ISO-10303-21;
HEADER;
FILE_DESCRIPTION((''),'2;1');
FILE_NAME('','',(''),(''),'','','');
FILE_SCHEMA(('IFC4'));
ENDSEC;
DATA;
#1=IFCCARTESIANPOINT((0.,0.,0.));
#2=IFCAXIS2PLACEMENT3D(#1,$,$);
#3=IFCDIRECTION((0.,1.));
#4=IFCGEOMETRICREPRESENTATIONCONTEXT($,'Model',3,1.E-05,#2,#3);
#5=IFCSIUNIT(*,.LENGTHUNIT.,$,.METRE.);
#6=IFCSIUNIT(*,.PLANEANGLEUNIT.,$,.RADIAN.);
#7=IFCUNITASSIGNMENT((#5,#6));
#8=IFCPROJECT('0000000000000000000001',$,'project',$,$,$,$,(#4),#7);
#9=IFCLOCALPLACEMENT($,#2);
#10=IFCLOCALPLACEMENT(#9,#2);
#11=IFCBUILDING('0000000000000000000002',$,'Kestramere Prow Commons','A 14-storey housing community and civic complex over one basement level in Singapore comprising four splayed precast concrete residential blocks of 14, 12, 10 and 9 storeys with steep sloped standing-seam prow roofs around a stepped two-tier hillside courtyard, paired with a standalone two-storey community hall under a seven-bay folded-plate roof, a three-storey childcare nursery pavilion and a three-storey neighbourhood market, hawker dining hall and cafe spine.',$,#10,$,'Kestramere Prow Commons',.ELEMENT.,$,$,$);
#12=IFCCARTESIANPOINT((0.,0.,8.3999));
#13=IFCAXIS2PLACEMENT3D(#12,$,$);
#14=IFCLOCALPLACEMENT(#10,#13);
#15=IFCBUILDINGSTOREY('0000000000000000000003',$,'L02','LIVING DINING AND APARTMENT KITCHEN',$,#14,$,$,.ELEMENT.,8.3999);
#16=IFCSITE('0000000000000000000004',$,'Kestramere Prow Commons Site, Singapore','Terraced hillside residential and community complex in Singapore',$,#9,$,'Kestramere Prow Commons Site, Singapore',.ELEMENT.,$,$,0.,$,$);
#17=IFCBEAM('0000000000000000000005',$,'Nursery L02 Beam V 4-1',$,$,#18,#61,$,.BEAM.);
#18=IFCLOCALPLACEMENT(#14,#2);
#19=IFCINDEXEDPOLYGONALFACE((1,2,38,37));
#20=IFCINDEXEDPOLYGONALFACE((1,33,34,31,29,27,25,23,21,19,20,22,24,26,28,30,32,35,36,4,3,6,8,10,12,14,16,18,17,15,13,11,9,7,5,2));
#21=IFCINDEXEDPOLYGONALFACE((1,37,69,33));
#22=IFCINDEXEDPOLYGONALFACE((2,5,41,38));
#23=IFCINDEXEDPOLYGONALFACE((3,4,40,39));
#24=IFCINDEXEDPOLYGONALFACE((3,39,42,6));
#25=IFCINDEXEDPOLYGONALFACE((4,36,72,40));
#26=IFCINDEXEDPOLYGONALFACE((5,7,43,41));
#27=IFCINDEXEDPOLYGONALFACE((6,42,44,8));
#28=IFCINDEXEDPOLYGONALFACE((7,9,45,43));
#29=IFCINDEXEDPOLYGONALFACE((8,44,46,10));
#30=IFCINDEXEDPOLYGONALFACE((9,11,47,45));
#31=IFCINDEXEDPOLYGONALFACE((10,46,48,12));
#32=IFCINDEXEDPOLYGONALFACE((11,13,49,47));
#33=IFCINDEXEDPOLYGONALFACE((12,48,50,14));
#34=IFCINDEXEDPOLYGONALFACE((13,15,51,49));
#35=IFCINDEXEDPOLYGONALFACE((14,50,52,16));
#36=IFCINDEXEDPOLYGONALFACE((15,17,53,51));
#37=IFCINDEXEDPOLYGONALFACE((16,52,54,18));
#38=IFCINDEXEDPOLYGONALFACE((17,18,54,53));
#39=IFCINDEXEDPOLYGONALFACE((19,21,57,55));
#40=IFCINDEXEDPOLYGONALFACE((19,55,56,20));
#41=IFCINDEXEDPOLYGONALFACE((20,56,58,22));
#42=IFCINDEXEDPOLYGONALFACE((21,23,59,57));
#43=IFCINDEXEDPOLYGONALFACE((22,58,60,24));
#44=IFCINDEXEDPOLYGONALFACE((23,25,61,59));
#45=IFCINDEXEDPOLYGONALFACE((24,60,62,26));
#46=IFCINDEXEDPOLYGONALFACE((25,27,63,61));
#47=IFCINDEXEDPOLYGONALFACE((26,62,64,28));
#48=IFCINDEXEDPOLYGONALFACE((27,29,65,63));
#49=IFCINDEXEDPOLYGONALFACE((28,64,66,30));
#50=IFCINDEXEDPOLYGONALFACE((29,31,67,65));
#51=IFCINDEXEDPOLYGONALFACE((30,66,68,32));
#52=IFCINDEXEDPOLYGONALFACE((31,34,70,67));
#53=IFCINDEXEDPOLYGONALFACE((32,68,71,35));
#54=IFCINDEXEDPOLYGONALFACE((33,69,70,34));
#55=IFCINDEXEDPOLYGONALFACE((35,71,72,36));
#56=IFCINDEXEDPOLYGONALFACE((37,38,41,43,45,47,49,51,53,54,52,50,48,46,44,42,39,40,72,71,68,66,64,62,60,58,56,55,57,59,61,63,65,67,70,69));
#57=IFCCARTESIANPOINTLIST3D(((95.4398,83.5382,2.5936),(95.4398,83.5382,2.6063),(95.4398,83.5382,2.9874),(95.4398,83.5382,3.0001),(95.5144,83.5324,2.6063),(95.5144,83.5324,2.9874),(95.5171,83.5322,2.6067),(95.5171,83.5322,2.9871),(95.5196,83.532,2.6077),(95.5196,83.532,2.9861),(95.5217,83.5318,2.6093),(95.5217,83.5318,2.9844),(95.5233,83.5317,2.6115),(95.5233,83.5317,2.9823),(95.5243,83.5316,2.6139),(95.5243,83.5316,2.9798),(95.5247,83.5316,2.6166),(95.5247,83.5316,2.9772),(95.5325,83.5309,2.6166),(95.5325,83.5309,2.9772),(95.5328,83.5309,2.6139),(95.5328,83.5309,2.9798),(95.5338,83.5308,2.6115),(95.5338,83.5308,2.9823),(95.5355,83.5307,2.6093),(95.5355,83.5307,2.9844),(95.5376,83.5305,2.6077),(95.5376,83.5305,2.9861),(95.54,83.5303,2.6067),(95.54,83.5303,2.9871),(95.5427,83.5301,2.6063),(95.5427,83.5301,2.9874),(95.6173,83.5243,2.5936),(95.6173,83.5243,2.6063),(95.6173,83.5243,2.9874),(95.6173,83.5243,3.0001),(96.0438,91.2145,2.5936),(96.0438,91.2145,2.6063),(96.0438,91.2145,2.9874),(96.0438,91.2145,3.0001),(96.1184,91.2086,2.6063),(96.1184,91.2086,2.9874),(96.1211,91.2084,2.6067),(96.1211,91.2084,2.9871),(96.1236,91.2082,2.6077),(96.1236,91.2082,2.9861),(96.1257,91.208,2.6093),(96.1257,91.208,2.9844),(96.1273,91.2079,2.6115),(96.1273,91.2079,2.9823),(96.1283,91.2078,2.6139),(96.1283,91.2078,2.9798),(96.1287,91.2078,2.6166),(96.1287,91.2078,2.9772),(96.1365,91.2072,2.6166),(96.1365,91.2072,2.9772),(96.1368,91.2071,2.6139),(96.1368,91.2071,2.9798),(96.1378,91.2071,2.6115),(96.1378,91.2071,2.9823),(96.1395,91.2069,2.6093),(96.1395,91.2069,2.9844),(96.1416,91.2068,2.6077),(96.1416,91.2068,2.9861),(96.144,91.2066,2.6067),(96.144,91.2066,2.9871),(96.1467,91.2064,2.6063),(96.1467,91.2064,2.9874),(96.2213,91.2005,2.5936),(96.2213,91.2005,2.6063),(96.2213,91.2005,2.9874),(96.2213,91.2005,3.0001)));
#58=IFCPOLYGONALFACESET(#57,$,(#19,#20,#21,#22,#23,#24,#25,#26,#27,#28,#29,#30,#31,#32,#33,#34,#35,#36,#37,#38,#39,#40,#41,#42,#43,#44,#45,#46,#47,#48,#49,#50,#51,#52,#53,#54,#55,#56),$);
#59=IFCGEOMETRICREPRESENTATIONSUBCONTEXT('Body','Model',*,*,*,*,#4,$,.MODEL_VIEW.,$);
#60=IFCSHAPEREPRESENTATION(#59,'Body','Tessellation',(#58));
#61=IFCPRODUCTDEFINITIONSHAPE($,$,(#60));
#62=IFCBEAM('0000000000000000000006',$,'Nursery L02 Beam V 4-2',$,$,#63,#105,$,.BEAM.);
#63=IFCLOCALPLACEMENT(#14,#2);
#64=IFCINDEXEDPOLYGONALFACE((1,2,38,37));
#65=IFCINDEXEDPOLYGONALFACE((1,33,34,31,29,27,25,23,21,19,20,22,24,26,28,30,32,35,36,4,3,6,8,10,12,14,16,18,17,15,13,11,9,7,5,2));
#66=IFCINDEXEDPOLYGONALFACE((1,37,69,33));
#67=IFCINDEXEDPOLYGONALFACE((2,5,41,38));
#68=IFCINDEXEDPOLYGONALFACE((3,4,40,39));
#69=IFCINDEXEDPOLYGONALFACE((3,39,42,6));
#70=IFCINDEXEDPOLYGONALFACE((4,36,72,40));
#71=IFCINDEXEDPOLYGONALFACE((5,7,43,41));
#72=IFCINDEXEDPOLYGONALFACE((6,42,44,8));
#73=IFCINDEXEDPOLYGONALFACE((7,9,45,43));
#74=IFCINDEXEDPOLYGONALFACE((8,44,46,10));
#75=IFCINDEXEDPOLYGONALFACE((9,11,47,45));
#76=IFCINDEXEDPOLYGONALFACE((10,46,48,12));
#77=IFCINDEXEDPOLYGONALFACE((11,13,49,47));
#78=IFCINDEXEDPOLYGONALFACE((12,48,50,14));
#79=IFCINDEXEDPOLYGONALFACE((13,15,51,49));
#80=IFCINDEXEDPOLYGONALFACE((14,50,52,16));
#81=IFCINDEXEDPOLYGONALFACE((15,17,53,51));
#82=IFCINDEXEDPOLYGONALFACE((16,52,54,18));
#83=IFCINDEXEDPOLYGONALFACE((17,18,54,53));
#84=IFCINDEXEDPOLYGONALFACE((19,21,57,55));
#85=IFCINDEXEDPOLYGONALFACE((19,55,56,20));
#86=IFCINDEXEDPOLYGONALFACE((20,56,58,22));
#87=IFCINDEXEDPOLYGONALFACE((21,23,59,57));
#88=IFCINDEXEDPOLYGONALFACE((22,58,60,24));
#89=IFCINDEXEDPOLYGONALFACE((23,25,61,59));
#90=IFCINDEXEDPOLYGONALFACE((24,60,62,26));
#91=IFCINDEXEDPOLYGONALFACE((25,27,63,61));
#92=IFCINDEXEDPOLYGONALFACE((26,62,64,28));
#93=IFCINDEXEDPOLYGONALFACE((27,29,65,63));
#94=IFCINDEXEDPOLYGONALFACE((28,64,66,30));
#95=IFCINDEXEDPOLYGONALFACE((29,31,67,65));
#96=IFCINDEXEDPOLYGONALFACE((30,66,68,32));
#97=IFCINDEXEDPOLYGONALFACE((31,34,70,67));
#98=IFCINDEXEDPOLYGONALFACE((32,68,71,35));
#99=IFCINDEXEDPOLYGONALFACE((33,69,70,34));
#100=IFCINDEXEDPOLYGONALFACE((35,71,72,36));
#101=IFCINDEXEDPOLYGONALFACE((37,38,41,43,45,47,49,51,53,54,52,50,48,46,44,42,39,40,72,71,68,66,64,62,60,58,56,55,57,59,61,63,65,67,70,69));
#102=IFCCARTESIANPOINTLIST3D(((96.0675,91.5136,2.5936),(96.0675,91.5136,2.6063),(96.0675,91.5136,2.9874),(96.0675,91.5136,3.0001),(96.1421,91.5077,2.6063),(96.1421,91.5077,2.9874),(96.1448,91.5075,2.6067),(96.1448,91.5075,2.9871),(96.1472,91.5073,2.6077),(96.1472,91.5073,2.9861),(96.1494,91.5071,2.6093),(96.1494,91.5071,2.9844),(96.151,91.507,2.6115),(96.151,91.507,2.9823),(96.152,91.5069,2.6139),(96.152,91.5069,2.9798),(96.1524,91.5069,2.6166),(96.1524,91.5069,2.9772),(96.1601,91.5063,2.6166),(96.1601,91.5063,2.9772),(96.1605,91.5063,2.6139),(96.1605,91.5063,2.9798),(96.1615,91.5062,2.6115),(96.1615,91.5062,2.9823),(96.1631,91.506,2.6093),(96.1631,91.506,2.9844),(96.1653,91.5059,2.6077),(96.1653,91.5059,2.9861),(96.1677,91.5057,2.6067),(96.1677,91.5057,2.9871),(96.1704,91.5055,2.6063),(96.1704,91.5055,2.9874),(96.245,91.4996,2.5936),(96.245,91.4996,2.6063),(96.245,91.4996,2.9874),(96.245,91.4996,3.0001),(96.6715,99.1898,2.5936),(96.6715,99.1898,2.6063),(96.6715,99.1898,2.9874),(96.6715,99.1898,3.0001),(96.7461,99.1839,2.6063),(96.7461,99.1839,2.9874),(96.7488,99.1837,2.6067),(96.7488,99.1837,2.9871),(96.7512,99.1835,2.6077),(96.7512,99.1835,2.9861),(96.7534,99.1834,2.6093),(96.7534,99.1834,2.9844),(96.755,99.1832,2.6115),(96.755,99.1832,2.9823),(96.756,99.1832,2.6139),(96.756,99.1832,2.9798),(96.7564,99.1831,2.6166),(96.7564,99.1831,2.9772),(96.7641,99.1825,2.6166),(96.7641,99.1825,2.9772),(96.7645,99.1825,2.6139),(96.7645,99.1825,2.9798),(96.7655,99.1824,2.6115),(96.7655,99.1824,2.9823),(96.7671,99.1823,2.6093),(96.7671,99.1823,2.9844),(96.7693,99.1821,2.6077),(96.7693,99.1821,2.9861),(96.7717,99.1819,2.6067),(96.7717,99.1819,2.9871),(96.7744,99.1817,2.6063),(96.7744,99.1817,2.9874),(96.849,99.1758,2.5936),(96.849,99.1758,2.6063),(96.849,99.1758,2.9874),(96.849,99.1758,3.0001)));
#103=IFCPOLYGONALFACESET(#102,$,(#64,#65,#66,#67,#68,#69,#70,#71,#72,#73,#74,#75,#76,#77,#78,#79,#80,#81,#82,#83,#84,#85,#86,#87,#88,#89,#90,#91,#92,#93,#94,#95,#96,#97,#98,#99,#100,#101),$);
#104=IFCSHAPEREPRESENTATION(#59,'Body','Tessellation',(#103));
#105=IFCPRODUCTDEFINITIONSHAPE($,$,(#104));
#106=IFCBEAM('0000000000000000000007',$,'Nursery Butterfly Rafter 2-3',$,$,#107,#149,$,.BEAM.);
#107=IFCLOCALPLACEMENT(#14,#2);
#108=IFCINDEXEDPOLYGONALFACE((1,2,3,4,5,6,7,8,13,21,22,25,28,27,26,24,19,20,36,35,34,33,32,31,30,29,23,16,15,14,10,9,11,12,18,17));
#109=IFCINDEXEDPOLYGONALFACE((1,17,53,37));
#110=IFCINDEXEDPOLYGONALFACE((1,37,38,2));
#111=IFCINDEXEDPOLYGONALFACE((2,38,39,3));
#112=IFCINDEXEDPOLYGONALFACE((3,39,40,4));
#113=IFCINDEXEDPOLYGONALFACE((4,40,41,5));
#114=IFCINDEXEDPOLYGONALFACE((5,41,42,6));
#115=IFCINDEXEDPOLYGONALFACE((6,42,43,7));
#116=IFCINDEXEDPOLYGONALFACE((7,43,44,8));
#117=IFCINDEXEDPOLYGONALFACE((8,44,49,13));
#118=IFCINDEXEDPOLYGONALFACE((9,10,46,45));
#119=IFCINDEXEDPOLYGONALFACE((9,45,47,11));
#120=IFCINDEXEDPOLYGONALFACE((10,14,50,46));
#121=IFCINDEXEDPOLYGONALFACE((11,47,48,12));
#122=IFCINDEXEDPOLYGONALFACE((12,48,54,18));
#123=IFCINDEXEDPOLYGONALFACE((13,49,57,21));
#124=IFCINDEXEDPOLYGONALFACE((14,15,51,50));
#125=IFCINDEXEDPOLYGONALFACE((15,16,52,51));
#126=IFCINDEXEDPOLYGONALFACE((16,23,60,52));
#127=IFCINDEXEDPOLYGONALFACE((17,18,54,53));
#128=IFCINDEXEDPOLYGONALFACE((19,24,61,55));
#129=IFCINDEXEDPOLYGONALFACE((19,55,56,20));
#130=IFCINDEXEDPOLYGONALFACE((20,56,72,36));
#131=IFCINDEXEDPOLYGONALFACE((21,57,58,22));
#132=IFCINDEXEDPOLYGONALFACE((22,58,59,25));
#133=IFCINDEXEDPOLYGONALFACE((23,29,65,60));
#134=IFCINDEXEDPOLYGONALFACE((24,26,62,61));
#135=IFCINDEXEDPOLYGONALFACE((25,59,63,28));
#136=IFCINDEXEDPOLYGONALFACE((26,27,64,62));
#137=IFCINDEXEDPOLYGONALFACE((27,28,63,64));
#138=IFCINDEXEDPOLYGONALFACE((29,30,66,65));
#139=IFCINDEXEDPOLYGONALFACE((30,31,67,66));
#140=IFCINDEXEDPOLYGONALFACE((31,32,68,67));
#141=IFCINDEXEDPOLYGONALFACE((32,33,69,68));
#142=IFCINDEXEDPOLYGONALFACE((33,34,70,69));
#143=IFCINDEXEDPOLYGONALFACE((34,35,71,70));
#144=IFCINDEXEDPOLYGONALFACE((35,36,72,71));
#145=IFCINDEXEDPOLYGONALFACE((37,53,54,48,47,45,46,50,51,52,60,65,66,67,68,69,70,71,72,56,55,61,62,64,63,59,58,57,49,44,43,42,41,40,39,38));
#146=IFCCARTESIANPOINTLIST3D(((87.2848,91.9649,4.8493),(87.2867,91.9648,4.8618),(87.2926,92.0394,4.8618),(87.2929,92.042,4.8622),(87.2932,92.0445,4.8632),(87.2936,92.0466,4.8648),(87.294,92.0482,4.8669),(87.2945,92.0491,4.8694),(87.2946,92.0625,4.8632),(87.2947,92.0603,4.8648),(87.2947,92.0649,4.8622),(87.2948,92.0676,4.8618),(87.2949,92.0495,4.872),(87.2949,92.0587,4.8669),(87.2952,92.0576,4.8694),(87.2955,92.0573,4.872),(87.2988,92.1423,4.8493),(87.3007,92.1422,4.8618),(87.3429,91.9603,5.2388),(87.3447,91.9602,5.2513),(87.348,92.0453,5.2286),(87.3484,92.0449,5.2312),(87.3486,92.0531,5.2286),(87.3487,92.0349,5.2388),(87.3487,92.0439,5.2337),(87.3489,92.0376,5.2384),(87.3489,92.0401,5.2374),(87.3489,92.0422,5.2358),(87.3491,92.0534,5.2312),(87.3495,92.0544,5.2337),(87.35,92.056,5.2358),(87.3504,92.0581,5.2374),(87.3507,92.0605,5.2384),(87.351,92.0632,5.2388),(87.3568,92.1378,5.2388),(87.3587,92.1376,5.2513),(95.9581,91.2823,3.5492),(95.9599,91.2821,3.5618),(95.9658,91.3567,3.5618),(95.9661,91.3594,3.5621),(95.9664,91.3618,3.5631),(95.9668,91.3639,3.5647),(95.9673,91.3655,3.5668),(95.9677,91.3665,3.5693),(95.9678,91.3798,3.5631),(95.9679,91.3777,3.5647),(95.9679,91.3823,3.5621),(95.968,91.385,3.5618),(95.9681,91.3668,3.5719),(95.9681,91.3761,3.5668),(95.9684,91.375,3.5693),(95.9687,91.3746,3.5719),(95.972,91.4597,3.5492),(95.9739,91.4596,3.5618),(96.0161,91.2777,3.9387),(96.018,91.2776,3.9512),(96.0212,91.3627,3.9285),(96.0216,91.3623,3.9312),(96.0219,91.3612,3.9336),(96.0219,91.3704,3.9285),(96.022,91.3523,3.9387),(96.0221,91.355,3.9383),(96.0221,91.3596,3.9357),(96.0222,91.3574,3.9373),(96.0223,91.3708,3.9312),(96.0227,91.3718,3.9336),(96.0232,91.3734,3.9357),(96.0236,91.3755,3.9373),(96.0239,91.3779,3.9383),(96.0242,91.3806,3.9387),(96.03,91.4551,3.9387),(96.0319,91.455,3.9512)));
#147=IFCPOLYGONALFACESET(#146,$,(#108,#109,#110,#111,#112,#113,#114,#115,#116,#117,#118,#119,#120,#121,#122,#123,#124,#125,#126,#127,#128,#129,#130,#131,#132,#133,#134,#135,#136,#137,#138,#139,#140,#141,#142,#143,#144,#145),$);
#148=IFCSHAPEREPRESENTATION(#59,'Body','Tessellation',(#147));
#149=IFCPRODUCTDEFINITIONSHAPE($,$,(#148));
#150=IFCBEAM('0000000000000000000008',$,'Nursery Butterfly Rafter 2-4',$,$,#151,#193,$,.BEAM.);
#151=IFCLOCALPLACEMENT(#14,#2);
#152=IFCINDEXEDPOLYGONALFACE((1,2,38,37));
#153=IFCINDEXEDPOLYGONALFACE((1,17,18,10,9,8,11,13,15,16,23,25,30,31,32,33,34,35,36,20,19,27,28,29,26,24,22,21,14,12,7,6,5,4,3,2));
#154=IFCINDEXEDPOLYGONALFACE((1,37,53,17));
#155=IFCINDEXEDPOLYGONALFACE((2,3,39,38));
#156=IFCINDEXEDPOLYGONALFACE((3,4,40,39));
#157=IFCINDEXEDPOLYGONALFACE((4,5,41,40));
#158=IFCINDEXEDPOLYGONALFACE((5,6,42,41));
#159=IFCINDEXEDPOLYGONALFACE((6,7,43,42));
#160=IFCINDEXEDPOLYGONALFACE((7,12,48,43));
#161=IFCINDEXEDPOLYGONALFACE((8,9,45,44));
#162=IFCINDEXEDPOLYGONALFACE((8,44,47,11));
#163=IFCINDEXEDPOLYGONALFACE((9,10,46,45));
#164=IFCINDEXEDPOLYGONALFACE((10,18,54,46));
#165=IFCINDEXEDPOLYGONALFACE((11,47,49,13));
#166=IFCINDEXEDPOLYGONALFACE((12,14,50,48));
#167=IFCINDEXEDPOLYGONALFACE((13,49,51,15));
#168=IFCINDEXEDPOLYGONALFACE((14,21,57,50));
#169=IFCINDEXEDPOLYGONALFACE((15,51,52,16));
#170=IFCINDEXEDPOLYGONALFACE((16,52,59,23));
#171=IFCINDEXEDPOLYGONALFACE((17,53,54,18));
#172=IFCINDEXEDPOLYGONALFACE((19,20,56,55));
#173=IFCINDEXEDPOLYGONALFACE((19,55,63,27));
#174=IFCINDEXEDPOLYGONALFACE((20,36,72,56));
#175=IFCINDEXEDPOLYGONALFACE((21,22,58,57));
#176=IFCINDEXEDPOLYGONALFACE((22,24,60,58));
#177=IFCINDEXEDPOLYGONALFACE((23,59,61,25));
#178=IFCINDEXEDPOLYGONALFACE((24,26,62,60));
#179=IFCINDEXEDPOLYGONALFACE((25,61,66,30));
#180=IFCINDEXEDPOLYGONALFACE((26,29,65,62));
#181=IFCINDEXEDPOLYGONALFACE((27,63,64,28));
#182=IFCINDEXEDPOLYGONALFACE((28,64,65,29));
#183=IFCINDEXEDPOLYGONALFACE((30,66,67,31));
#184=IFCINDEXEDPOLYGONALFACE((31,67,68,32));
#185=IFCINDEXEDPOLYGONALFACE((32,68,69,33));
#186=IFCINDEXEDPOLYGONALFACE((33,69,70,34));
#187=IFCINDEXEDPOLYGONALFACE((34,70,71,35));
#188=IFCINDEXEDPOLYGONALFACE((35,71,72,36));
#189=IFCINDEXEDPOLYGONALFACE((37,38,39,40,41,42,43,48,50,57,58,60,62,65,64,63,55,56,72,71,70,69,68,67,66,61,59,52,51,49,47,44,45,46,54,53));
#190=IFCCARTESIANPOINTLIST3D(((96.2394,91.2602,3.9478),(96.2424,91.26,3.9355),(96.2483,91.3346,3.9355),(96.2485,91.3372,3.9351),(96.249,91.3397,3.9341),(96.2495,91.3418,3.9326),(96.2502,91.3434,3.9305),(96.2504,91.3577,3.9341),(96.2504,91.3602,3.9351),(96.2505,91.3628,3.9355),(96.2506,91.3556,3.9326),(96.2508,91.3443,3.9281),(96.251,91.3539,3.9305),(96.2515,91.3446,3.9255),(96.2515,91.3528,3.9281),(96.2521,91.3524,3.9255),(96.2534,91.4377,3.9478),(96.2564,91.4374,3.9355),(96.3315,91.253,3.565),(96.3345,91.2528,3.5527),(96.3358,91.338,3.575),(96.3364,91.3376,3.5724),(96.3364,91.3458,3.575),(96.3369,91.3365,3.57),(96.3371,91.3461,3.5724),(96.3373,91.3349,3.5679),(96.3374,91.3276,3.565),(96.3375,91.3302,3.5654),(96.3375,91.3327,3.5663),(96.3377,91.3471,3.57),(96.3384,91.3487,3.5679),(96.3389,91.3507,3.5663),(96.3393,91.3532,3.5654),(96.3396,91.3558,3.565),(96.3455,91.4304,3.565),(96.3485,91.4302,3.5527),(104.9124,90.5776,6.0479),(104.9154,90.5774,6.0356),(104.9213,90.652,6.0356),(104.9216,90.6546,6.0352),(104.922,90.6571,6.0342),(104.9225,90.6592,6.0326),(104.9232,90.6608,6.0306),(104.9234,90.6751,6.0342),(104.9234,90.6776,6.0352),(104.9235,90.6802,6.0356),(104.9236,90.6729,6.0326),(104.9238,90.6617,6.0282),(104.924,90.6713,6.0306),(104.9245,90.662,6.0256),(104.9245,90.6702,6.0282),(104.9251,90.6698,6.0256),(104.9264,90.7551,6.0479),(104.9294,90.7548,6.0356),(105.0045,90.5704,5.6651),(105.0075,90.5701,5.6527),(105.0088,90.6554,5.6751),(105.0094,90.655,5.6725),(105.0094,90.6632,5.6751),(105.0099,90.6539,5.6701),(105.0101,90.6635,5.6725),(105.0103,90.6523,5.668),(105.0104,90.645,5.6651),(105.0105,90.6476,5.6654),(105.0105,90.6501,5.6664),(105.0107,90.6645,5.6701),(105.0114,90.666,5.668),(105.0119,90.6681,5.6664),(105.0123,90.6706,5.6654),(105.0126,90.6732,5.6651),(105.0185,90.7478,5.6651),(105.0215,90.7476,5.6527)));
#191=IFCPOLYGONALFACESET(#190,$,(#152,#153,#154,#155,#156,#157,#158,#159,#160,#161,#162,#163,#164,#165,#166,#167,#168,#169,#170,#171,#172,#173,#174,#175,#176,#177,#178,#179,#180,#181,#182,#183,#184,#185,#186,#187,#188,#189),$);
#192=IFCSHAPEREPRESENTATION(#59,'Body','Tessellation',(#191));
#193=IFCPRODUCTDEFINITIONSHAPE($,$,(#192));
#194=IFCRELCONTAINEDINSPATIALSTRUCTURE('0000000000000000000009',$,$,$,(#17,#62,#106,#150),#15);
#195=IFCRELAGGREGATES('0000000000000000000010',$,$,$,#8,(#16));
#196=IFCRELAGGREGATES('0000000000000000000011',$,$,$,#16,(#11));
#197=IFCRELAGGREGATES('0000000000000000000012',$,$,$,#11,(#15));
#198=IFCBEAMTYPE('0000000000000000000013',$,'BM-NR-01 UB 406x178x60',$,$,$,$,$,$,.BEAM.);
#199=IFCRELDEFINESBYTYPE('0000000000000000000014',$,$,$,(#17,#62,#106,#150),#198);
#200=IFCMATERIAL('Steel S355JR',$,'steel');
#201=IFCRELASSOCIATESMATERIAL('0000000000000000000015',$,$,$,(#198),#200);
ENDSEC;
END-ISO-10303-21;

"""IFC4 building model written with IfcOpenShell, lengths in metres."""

from ifc_helpers import new_model, si_unit, direction, frame, origin, origin_2d, place, context, subcontext, project, spatial, i_section, extrude, material, material_profile, profile_set, type_object, element, save


model = new_model("IFC4")

# Units and contexts
model_context = context("Model", 3, precision=1e-05, world=origin(), true_north=direction((0.0, 1.0)))
body_context = subcontext(model_context, "Body", "Model", "MODEL_VIEW")
ifc_project = project(units=[si_unit("LENGTHUNIT", "METRE"), si_unit("PLANEANGLEUNIT", "RADIAN")], contexts=[model_context])

# Site, building, storey
site_placement = place(None, origin())
site = spatial("IfcSite", under=ifc_project, at=site_placement, Name="Kestramere Prow Commons Site, Singapore", Description="Terraced hillside residential and community complex in Singapore", LongName="Kestramere Prow Commons Site, Singapore", CompositionType="ELEMENT", RefElevation=0.0)
building_placement = place(site_placement, origin())
building = spatial("IfcBuilding", under=site, at=building_placement, Name="Kestramere Prow Commons", Description="A 14-storey housing community and civic complex over one basement level in Singapore comprising four splayed precast concrete residential blocks of 14, 12, 10 and 9 storeys with steep sloped standing-seam prow roofs around a stepped two-tier hillside courtyard, paired with a standalone two-storey community hall under a seven-bay folded-plate roof, a three-storey childcare nursery pavilion and a three-storey neighbourhood market, hawker dining hall and cafe spine.", LongName="Kestramere Prow Commons", CompositionType="ELEMENT")
storey_placement = place(building_placement, frame((0.0, 0.0, 8.3999)))
storey = spatial("IfcBuildingStorey", under=building, at=storey_placement, Name="L02", Description="LIVING DINING AND APARTMENT KITCHEN", CompositionType="ELEMENT", Elevation=8.3999)

# Shared definitions
ifc_material_1 = material(Name="Steel S355JR", Category="steel")

# Beams
ifc_material_profile_1 = material_profile(ifc_material_1, i_section(OverallWidth=0.178, OverallDepth=0.4065, WebThickness=0.0078, FlangeThickness=0.0127, FilletRadius=0.0103, at=origin_2d()), Name="UB 406x178x60")
ifc_profile_set_1 = profile_set([ifc_material_profile_1], Name="Steel S355JR")
beam_type = type_object("IfcBeamType", Name="BM-NR-01 UB 406x178x60", PredefinedType="BEAM", material=ifc_profile_set_1)
for number, where, z_axis, x_axis, name in (
    (1, (95.5286, 83.5312, 2.7969), (0.078442, 0.996919, 0.0), (-0.996919, 0.078442, 0.0), "Nursery L02 Beam V 4-1"),
    (2, (96.1562, 91.5066, 2.7969), (0.078442, 0.996919, 0.0), (-0.996919, 0.078442, 0.0), "Nursery L02 Beam V 4-2"),
):
    element("IfcBeam", number, at=place(storey_placement, frame(where, z_axis=z_axis, x_axis=x_axis)), inside=storey, type_object=beam_type, Name=name, PredefinedType="BEAM", context=body_context, shape_type="SweptSolid", body=[
        extrude(i_section(OverallWidth=0.178, OverallDepth=0.4065, WebThickness=0.0078, FlangeThickness=0.0127, FilletRadius=0.0103, at=origin_2d()), origin(), (0.0, 0.0, 1.0), 7.7),
    ])
beam_1_placement = place(storey_placement, frame((87.3218, 92.0513, 5.0503), z_axis=(0.985969, -0.077601, -0.147791), x_axis=(0.078462, 0.996917, 0.0)))
element("IfcBeam", 3, at=beam_1_placement, inside=storey, type_object=beam_type, Name="Nursery Butterfly Rafter 2-3", PredefinedType="BEAM", context=body_context, shape_type="SweptSolid", body=[
    extrude(i_section(OverallWidth=0.178, OverallDepth=0.4065, WebThickness=0.0078, FlangeThickness=0.0127, FilletRadius=0.0103, at=origin_2d()), origin(), (0.0, 0.0, 1.0), 8.7966),
])
beam_2_placement = place(storey_placement, frame((96.2939, 91.3452, 3.7502), z_axis=(0.969082, -0.076272, 0.234653), x_axis=(0.078462, 0.996917, 0.0)))
element("IfcBeam", 4, at=beam_2_placement, inside=storey, type_object=beam_type, Name="Nursery Butterfly Rafter 2-4", PredefinedType="BEAM", context=body_context, shape_type="SweptSolid", body=[
    extrude(i_section(OverallWidth=0.178, OverallDepth=0.4065, WebThickness=0.0078, FlangeThickness=0.0127, FilletRadius=0.0103, at=origin_2d()), origin(), (0.0, 0.0, 1.0), 8.9497),
])

save(model, "model.ifc")
